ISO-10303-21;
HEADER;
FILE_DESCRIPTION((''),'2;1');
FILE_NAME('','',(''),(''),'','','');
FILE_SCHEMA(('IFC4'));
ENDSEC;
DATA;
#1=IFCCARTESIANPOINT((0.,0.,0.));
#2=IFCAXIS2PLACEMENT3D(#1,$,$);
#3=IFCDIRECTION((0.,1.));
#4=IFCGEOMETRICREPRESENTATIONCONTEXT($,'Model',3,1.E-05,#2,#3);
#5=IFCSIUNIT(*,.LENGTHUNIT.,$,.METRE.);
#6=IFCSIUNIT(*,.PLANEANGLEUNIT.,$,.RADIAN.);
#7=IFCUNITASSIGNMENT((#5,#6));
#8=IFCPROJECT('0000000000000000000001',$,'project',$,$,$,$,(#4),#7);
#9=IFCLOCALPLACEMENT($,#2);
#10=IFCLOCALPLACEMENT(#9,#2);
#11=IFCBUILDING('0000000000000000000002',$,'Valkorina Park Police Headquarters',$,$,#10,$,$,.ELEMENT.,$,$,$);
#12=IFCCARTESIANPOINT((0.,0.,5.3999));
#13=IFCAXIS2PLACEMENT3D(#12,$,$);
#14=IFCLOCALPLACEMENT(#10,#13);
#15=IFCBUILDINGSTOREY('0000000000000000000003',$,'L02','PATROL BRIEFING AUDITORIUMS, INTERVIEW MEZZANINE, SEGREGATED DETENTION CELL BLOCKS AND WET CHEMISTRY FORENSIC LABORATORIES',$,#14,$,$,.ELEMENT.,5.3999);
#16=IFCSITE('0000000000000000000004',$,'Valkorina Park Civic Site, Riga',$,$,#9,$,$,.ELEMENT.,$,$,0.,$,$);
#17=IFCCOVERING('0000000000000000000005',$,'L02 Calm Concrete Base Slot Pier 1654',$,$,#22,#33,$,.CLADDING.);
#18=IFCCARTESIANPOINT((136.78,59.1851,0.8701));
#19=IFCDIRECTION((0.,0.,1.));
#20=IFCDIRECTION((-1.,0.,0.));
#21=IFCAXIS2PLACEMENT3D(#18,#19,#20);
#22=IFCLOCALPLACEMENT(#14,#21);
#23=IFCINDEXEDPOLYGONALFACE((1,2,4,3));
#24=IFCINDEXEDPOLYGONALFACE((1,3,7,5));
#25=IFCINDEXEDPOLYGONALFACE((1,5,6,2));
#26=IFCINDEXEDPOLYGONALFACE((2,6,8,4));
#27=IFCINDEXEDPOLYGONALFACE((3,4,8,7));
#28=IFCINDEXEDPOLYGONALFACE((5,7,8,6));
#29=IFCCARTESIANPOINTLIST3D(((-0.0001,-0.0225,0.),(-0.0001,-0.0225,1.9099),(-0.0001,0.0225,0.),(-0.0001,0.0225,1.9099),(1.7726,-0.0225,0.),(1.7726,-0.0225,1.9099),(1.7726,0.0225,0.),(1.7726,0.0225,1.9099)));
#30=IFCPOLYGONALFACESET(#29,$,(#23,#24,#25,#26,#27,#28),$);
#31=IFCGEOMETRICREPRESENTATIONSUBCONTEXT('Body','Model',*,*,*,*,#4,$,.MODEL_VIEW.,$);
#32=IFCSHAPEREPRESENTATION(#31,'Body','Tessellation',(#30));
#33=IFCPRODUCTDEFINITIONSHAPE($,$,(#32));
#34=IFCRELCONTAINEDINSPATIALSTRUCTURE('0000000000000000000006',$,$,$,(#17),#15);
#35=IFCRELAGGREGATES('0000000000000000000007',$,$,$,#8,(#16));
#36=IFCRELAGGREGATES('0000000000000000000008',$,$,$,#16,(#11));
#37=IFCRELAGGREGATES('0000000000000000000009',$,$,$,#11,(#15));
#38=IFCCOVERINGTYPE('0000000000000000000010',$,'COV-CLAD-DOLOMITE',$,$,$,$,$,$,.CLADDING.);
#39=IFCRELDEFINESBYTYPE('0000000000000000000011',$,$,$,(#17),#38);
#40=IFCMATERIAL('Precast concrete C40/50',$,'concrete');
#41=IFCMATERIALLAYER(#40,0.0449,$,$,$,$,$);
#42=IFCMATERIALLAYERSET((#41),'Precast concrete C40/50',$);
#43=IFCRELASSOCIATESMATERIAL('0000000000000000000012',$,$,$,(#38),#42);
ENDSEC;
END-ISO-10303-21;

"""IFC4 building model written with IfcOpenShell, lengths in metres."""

from ifc_helpers import new_model, si_unit, direction, frame, frame_2d, origin, place, context, subcontext, project, spatial, rectangle, extrude, material, layer, layer_set, type_object, element, save


model = new_model("IFC4")

# Units and contexts
model_context = context("Model", 3, precision=1e-05, world=origin(), true_north=direction((0.0, 1.0)))
body_context = subcontext(model_context, "Body", "Model", "MODEL_VIEW")
ifc_project = project(units=[si_unit("LENGTHUNIT", "METRE"), si_unit("PLANEANGLEUNIT", "RADIAN")], contexts=[model_context])

# Site, building, storey
site_placement = place(None, origin())
site = spatial("IfcSite", under=ifc_project, at=site_placement, Name="Valkorina Park Civic Site, Riga", CompositionType="ELEMENT", RefElevation=0.0)
building_placement = place(site_placement, origin())
building = spatial("IfcBuilding", under=site, at=building_placement, Name="Valkorina Park Police Headquarters", CompositionType="ELEMENT")
storey_placement = place(building_placement, frame((0.0, 0.0, 5.3999)))
storey = spatial("IfcBuildingStorey", under=building, at=storey_placement, Name="L02", Description="PATROL BRIEFING AUDITORIUMS, INTERVIEW MEZZANINE, SEGREGATED DETENTION CELL BLOCKS AND WET CHEMISTRY FORENSIC LABORATORIES", CompositionType="ELEMENT", Elevation=5.3999)

# Covering
ifc_material_1 = material(Name="Precast concrete C40/50", Category="concrete")
ifc_layer = layer(ifc_material_1, 0.0449)
ifc_layer_set = layer_set([ifc_layer], Name="Precast concrete C40/50")
covering_type = type_object("IfcCoveringType", Name="COV-CLAD-DOLOMITE", PredefinedType="CLADDING", material=ifc_layer_set)
covering_1_placement = place(storey_placement, frame((136.78, 59.1851, 0.8701), z_axis=(0.0, 0.0, 1.0), x_axis=(-1.0, 0.0, 0.0)))
element("IfcCovering", 1, at=covering_1_placement, inside=storey, type_object=covering_type, Name="L02 Calm Concrete Base Slot Pier 1654", PredefinedType="CLADDING", context=body_context, shape_type="SweptSolid", body=[
    extrude(rectangle(XDim=1.7727, YDim=0.0449, at=frame_2d((0.8862, 0.0))), origin(), (0.0, 0.0, 1.0), 1.9099),
])

save(model, "model.ifc")
